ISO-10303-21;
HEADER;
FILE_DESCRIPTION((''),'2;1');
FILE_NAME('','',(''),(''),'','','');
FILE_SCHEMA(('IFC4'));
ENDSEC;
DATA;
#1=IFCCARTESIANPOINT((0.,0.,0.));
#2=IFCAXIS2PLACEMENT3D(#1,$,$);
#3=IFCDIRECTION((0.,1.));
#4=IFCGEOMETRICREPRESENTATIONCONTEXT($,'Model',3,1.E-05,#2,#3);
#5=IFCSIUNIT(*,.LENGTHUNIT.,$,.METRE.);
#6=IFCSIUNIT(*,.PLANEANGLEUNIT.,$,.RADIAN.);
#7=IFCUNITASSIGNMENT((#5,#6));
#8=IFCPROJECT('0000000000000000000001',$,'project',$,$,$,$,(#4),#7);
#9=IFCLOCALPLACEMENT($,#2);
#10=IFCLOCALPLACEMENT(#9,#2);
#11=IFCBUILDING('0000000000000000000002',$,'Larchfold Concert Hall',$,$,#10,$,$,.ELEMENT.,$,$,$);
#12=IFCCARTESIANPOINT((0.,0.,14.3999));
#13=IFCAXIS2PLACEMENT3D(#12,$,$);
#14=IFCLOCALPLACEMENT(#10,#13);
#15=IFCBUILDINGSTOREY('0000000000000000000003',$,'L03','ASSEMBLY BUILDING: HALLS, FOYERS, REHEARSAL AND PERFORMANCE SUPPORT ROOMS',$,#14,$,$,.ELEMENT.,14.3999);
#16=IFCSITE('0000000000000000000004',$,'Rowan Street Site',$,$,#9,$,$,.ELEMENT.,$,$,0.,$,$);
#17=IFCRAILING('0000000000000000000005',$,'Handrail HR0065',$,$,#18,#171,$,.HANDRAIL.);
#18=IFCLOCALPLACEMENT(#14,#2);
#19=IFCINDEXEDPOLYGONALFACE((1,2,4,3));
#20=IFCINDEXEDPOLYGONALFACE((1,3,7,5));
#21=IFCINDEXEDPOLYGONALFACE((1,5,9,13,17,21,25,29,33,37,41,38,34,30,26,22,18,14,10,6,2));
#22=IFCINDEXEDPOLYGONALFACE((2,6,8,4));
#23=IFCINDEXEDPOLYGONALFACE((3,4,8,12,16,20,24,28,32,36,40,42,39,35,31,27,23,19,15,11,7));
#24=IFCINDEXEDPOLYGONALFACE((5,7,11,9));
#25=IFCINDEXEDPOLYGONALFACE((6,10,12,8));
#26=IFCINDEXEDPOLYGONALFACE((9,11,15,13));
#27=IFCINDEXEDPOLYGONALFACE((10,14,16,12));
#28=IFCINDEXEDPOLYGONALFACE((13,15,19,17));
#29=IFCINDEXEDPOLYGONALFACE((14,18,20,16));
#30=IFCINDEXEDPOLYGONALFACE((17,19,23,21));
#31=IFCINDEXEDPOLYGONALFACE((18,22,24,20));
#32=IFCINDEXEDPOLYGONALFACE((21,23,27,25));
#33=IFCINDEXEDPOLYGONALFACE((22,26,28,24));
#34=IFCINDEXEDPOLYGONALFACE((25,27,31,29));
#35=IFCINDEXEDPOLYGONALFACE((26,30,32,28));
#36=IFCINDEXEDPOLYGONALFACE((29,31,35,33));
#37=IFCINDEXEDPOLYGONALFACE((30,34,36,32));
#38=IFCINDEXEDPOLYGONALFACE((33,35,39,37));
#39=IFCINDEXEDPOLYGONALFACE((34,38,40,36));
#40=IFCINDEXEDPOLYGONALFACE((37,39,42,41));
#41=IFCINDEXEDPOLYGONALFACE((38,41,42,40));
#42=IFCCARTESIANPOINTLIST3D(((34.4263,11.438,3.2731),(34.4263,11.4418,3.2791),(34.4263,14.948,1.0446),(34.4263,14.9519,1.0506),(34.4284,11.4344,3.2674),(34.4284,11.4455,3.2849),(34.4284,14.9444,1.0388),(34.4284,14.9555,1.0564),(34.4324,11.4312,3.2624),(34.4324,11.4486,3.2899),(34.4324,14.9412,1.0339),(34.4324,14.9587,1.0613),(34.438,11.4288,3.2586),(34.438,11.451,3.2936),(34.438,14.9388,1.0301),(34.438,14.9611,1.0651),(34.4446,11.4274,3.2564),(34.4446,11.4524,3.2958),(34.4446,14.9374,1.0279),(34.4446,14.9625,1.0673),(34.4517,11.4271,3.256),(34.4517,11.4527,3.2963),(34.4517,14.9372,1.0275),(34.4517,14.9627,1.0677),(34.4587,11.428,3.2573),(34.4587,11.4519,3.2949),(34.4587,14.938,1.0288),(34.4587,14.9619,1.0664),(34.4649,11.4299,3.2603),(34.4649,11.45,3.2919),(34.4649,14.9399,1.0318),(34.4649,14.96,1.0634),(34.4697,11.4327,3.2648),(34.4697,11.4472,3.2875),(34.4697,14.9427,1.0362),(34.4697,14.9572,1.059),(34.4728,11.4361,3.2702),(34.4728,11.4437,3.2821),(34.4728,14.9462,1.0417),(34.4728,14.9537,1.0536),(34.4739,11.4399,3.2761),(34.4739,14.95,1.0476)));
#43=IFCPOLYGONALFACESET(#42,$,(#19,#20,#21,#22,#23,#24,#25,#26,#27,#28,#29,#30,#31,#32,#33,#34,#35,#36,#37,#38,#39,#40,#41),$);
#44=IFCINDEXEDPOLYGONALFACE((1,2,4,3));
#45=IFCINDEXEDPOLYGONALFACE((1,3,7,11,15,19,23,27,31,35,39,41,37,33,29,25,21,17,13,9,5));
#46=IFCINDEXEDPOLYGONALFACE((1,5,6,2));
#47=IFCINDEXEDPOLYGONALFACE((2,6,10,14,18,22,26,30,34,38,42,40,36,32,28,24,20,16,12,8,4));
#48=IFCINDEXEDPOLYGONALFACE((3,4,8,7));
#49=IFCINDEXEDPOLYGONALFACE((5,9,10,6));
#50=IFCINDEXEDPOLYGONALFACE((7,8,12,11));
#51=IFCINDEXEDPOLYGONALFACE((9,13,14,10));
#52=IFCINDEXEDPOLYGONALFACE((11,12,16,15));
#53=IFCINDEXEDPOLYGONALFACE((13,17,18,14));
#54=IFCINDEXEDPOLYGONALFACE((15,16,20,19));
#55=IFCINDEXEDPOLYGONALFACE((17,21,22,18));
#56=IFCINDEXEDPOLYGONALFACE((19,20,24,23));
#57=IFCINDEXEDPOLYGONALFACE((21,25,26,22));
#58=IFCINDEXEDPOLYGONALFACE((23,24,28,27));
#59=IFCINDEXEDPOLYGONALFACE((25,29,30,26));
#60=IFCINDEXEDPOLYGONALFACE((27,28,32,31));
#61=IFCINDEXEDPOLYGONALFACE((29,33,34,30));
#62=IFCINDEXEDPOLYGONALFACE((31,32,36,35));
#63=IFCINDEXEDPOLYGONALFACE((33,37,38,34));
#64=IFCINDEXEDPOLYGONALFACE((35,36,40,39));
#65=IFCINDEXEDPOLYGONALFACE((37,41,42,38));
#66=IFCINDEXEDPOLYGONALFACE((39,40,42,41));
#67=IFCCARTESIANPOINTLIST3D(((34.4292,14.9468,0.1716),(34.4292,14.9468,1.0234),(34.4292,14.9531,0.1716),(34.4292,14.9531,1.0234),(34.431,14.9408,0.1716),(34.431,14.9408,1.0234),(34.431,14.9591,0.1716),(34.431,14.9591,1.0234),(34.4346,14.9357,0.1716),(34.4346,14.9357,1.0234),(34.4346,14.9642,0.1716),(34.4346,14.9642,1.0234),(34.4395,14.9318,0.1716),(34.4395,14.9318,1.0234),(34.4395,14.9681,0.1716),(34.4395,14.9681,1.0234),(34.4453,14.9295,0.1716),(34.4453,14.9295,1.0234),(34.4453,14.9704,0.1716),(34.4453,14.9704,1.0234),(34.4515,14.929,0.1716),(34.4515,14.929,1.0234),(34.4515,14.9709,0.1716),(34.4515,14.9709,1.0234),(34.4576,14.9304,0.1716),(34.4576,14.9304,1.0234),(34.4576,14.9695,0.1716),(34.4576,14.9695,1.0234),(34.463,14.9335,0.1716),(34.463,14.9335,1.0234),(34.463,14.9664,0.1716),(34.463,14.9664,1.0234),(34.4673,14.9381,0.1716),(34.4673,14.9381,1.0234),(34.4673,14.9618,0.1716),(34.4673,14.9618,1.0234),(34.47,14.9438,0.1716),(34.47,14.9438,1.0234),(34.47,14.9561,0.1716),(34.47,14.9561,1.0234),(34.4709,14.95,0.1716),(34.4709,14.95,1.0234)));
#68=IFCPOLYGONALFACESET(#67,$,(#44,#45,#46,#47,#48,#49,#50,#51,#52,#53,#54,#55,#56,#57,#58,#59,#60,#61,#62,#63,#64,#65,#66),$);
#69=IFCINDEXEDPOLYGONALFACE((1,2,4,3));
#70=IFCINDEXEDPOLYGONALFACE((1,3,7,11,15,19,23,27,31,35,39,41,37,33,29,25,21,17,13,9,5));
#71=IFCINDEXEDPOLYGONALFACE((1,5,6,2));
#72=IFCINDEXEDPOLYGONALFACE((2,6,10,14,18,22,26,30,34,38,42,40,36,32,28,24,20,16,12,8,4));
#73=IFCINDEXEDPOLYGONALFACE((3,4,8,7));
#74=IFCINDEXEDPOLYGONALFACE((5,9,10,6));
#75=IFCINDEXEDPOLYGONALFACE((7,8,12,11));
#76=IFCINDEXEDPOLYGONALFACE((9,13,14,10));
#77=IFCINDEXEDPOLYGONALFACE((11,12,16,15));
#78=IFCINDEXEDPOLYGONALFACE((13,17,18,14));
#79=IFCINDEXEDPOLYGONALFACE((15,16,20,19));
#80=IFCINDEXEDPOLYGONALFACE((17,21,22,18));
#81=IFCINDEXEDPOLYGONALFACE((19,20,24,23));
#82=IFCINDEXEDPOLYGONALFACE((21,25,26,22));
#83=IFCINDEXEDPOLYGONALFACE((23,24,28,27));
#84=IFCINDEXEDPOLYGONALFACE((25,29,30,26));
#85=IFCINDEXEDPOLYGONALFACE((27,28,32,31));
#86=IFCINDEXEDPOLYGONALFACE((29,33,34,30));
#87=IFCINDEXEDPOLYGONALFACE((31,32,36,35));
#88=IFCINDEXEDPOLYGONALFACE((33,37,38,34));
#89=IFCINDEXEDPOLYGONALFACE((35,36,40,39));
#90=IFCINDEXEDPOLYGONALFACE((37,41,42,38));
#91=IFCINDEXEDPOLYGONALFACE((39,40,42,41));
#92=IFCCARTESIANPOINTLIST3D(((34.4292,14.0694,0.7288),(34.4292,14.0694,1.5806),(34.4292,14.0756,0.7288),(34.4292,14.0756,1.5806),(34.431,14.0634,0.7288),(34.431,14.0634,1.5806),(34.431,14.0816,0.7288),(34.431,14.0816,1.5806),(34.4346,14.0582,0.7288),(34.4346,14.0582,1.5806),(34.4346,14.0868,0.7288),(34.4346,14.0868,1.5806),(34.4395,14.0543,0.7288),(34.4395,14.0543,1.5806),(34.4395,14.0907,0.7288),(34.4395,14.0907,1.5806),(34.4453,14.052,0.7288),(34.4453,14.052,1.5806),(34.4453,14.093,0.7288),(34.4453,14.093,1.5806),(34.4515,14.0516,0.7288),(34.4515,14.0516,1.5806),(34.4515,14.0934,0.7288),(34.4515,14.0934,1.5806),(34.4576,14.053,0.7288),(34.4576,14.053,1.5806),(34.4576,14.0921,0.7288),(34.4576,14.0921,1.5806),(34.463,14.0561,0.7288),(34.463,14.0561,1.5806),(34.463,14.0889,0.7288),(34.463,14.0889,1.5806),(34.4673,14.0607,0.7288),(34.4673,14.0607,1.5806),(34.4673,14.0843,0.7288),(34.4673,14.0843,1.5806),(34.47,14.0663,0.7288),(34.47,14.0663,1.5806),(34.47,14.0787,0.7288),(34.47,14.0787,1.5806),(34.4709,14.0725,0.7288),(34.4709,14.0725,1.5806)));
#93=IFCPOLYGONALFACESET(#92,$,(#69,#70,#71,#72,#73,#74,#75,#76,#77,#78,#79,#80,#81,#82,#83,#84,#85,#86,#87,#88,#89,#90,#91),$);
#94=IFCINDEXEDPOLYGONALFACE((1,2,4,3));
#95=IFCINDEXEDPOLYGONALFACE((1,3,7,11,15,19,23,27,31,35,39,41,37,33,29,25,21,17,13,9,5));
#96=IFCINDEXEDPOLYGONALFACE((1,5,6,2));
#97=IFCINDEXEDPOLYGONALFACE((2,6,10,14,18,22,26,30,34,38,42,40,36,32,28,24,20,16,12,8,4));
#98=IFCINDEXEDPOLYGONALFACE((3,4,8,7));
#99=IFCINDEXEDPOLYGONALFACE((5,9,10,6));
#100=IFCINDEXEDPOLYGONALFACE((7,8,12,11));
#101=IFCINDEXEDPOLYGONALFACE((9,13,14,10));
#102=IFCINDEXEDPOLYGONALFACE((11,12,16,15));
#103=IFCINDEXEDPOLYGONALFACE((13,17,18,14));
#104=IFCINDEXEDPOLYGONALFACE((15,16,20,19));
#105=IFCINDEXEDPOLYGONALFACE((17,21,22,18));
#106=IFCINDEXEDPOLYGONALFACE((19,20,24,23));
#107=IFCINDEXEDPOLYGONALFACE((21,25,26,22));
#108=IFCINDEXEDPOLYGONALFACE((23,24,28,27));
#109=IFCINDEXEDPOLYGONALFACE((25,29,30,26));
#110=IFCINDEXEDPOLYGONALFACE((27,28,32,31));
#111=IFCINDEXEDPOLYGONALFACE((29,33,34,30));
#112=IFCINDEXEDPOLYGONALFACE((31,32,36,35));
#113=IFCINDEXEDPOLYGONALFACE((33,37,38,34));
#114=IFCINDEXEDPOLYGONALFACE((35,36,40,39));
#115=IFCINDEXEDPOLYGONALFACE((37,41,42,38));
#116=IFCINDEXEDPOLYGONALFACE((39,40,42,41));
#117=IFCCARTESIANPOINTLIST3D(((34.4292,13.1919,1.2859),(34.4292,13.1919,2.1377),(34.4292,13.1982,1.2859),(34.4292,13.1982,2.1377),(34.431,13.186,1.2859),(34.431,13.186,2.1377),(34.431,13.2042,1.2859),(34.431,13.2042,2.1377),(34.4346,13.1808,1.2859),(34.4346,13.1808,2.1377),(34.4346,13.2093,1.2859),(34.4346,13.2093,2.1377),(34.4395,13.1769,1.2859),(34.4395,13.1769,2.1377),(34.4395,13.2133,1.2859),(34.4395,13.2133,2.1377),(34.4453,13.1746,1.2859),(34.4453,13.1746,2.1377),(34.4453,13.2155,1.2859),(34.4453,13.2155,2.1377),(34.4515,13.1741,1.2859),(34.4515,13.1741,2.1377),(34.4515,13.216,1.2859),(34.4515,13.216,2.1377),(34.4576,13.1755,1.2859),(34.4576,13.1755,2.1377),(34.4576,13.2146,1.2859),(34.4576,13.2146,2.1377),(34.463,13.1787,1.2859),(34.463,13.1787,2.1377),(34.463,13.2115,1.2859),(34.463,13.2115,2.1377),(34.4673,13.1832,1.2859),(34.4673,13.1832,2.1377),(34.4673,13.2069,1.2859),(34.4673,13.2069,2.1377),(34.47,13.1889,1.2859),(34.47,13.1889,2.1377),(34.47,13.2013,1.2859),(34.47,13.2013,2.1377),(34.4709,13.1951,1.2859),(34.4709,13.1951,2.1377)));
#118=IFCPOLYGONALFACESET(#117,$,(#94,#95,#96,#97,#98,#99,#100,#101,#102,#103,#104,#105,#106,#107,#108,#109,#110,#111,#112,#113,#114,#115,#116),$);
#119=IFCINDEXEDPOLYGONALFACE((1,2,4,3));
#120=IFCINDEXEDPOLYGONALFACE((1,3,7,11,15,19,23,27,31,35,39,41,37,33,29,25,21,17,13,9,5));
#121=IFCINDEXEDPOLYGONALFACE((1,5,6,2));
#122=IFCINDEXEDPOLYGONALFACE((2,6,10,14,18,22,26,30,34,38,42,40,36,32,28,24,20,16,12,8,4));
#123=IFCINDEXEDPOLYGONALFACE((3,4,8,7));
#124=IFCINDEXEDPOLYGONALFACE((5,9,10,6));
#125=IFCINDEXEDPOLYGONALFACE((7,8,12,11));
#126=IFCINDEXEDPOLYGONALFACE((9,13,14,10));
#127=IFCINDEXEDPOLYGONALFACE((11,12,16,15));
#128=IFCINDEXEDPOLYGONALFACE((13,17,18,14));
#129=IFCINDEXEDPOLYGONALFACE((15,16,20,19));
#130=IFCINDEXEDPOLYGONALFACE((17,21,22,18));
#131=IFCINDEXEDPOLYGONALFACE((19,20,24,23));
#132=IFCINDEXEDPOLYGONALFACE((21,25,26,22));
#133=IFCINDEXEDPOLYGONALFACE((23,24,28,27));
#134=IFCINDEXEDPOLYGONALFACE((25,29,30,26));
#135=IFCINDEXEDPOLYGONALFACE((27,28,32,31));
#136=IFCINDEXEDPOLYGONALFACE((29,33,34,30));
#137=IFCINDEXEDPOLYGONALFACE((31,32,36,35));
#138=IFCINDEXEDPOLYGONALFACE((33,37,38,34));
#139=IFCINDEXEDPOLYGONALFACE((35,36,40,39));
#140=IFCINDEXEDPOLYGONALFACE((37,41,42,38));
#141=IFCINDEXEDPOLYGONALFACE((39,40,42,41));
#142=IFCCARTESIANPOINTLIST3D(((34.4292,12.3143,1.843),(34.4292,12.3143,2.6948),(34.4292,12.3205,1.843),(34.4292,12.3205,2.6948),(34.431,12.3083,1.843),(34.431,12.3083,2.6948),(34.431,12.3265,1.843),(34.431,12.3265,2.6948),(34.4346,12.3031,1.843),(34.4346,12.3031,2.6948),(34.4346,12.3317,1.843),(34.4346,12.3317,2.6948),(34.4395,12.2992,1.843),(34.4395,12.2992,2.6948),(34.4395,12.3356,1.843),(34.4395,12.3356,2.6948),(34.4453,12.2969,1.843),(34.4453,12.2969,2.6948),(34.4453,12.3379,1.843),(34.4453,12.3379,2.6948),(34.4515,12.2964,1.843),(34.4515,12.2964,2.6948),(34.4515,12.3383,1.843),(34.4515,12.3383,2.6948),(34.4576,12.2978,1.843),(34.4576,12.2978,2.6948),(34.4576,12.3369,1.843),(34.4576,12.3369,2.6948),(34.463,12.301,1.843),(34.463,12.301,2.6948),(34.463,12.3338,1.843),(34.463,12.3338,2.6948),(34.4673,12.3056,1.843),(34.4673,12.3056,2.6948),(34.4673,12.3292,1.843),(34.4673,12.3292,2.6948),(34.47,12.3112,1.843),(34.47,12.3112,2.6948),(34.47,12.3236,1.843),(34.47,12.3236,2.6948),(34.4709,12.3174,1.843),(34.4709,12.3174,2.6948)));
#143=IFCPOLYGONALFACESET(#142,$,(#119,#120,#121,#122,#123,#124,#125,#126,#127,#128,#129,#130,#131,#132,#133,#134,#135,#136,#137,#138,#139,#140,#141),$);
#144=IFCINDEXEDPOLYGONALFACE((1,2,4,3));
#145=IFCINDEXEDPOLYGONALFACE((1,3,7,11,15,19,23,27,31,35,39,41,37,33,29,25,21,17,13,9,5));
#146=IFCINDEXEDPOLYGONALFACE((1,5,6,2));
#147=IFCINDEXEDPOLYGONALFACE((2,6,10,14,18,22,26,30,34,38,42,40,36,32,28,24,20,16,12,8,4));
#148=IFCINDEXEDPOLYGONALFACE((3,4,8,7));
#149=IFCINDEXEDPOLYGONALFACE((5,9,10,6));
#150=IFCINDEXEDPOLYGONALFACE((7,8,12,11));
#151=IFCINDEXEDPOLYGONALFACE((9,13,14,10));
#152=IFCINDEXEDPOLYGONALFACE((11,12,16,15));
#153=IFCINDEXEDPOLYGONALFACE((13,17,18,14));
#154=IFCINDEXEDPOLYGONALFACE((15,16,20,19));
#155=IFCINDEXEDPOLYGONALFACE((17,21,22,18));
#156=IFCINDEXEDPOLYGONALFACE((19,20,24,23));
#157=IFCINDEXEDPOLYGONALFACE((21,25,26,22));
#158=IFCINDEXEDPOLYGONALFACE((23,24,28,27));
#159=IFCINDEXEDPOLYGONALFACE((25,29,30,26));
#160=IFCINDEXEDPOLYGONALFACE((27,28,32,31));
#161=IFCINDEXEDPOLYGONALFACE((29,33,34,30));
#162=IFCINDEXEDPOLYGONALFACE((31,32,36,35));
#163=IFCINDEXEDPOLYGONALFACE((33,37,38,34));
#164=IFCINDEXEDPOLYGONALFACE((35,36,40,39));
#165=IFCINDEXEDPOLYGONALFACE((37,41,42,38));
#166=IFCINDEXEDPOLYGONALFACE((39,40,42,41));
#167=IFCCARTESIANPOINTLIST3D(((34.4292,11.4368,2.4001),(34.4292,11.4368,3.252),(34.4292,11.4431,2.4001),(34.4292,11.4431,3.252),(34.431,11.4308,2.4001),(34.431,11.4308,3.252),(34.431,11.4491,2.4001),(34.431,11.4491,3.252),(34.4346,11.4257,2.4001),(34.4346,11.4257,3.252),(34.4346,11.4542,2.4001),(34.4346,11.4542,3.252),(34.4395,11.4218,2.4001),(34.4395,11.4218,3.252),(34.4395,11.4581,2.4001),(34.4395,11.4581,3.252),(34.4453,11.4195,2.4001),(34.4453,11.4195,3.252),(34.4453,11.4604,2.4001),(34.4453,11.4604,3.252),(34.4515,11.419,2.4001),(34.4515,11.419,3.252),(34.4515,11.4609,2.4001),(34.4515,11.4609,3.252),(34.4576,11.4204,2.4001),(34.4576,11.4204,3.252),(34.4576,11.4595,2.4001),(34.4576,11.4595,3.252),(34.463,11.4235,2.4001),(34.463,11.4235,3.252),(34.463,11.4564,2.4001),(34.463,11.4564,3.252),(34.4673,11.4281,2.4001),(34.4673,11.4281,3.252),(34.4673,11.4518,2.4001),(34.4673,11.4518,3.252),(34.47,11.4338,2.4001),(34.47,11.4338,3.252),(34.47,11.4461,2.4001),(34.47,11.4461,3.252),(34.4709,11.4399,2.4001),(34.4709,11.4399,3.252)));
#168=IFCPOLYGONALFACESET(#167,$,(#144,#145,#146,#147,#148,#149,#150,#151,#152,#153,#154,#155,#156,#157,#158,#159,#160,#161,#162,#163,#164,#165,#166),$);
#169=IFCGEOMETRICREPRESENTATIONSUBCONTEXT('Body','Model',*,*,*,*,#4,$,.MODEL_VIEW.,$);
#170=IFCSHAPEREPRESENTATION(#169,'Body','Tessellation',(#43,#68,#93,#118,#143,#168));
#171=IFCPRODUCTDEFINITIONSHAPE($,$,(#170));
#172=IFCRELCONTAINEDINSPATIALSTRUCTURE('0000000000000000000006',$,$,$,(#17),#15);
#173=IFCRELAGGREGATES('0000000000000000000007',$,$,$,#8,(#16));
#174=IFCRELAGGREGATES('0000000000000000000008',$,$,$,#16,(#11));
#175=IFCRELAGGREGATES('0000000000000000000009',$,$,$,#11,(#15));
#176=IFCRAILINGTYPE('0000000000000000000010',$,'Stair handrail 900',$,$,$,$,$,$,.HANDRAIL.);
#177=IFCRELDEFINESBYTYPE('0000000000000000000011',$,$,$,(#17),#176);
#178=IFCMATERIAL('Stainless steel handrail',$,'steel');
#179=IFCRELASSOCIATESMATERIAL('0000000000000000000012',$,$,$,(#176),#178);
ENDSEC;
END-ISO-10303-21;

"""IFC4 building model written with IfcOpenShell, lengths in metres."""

from ifc_helpers import new_model, si_unit, direction, frame, origin, origin_2d, place, context, subcontext, project, spatial, circle, extrude, material, type_object, element, save


model = new_model("IFC4")

# Units and contexts
model_context = context("Model", 3, precision=1e-05, world=origin(), true_north=direction((0.0, 1.0)))
body_context = subcontext(model_context, "Body", "Model", "MODEL_VIEW")
ifc_project = project(units=[si_unit("LENGTHUNIT", "METRE"), si_unit("PLANEANGLEUNIT", "RADIAN")], contexts=[model_context])

# Site, building, storey
site_placement = place(None, origin())
site = spatial("IfcSite", under=ifc_project, at=site_placement, Name="Rowan Street Site", CompositionType="ELEMENT", RefElevation=0.0)
building_placement = place(site_placement, origin())
building = spatial("IfcBuilding", under=site, at=building_placement, Name="Larchfold Concert Hall", CompositionType="ELEMENT")
storey_placement = place(building_placement, frame((0.0, 0.0, 14.3999)))
storey = spatial("IfcBuildingStorey", under=building, at=storey_placement, Name="L03", Description="ASSEMBLY BUILDING: HALLS, FOYERS, REHEARSAL AND PERFORMANCE SUPPORT ROOMS", CompositionType="ELEMENT", Elevation=14.3999)

# Railing
ifc_material_1 = material(Name="Stainless steel handrail", Category="steel")
railing_type_1 = type_object("IfcRailingType", Name="Stair handrail 900", PredefinedType="HANDRAIL", material=ifc_material_1)
railing_1_placement = place(storey_placement, frame((34.45, 14.95, 0.1716)))
element("IfcRailing", 1, at=railing_1_placement, inside=storey, type_object=railing_type_1, Name="Handrail HR0065", PredefinedType="HANDRAIL", context=body_context, shape_type="SweptSolid", body=[
    extrude(circle(Radius=0.0239, at=origin_2d()), frame((0.0, 0.0, 0.876), z_axis=(0.0, -0.84422, 0.535998), x_axis=(1.0, 0.0, 0.0)), (0.0, 0.0, 1.0), 4.1577),
    extrude(circle(Radius=0.021, at=origin_2d()), origin(), (0.0, 0.0, 1.0), 0.8518),
    extrude(circle(Radius=0.021, at=origin_2d()), frame((0.0, -0.8774, 0.5571)), (0.0, 0.0, 1.0), 0.8518),
    extrude(circle(Radius=0.021, at=origin_2d()), frame((0.0, -1.7549, 1.1143)), (0.0, 0.0, 1.0), 0.8518),
    extrude(circle(Radius=0.021, at=origin_2d()), frame((0.0, -2.6326, 1.6714)), (0.0, 0.0, 1.0), 0.8518),
    extrude(circle(Radius=0.021, at=origin_2d()), frame((0.0, -3.51, 2.2285)), (0.0, 0.0, 1.0), 0.8518),
])

save(model, "model.ifc")
